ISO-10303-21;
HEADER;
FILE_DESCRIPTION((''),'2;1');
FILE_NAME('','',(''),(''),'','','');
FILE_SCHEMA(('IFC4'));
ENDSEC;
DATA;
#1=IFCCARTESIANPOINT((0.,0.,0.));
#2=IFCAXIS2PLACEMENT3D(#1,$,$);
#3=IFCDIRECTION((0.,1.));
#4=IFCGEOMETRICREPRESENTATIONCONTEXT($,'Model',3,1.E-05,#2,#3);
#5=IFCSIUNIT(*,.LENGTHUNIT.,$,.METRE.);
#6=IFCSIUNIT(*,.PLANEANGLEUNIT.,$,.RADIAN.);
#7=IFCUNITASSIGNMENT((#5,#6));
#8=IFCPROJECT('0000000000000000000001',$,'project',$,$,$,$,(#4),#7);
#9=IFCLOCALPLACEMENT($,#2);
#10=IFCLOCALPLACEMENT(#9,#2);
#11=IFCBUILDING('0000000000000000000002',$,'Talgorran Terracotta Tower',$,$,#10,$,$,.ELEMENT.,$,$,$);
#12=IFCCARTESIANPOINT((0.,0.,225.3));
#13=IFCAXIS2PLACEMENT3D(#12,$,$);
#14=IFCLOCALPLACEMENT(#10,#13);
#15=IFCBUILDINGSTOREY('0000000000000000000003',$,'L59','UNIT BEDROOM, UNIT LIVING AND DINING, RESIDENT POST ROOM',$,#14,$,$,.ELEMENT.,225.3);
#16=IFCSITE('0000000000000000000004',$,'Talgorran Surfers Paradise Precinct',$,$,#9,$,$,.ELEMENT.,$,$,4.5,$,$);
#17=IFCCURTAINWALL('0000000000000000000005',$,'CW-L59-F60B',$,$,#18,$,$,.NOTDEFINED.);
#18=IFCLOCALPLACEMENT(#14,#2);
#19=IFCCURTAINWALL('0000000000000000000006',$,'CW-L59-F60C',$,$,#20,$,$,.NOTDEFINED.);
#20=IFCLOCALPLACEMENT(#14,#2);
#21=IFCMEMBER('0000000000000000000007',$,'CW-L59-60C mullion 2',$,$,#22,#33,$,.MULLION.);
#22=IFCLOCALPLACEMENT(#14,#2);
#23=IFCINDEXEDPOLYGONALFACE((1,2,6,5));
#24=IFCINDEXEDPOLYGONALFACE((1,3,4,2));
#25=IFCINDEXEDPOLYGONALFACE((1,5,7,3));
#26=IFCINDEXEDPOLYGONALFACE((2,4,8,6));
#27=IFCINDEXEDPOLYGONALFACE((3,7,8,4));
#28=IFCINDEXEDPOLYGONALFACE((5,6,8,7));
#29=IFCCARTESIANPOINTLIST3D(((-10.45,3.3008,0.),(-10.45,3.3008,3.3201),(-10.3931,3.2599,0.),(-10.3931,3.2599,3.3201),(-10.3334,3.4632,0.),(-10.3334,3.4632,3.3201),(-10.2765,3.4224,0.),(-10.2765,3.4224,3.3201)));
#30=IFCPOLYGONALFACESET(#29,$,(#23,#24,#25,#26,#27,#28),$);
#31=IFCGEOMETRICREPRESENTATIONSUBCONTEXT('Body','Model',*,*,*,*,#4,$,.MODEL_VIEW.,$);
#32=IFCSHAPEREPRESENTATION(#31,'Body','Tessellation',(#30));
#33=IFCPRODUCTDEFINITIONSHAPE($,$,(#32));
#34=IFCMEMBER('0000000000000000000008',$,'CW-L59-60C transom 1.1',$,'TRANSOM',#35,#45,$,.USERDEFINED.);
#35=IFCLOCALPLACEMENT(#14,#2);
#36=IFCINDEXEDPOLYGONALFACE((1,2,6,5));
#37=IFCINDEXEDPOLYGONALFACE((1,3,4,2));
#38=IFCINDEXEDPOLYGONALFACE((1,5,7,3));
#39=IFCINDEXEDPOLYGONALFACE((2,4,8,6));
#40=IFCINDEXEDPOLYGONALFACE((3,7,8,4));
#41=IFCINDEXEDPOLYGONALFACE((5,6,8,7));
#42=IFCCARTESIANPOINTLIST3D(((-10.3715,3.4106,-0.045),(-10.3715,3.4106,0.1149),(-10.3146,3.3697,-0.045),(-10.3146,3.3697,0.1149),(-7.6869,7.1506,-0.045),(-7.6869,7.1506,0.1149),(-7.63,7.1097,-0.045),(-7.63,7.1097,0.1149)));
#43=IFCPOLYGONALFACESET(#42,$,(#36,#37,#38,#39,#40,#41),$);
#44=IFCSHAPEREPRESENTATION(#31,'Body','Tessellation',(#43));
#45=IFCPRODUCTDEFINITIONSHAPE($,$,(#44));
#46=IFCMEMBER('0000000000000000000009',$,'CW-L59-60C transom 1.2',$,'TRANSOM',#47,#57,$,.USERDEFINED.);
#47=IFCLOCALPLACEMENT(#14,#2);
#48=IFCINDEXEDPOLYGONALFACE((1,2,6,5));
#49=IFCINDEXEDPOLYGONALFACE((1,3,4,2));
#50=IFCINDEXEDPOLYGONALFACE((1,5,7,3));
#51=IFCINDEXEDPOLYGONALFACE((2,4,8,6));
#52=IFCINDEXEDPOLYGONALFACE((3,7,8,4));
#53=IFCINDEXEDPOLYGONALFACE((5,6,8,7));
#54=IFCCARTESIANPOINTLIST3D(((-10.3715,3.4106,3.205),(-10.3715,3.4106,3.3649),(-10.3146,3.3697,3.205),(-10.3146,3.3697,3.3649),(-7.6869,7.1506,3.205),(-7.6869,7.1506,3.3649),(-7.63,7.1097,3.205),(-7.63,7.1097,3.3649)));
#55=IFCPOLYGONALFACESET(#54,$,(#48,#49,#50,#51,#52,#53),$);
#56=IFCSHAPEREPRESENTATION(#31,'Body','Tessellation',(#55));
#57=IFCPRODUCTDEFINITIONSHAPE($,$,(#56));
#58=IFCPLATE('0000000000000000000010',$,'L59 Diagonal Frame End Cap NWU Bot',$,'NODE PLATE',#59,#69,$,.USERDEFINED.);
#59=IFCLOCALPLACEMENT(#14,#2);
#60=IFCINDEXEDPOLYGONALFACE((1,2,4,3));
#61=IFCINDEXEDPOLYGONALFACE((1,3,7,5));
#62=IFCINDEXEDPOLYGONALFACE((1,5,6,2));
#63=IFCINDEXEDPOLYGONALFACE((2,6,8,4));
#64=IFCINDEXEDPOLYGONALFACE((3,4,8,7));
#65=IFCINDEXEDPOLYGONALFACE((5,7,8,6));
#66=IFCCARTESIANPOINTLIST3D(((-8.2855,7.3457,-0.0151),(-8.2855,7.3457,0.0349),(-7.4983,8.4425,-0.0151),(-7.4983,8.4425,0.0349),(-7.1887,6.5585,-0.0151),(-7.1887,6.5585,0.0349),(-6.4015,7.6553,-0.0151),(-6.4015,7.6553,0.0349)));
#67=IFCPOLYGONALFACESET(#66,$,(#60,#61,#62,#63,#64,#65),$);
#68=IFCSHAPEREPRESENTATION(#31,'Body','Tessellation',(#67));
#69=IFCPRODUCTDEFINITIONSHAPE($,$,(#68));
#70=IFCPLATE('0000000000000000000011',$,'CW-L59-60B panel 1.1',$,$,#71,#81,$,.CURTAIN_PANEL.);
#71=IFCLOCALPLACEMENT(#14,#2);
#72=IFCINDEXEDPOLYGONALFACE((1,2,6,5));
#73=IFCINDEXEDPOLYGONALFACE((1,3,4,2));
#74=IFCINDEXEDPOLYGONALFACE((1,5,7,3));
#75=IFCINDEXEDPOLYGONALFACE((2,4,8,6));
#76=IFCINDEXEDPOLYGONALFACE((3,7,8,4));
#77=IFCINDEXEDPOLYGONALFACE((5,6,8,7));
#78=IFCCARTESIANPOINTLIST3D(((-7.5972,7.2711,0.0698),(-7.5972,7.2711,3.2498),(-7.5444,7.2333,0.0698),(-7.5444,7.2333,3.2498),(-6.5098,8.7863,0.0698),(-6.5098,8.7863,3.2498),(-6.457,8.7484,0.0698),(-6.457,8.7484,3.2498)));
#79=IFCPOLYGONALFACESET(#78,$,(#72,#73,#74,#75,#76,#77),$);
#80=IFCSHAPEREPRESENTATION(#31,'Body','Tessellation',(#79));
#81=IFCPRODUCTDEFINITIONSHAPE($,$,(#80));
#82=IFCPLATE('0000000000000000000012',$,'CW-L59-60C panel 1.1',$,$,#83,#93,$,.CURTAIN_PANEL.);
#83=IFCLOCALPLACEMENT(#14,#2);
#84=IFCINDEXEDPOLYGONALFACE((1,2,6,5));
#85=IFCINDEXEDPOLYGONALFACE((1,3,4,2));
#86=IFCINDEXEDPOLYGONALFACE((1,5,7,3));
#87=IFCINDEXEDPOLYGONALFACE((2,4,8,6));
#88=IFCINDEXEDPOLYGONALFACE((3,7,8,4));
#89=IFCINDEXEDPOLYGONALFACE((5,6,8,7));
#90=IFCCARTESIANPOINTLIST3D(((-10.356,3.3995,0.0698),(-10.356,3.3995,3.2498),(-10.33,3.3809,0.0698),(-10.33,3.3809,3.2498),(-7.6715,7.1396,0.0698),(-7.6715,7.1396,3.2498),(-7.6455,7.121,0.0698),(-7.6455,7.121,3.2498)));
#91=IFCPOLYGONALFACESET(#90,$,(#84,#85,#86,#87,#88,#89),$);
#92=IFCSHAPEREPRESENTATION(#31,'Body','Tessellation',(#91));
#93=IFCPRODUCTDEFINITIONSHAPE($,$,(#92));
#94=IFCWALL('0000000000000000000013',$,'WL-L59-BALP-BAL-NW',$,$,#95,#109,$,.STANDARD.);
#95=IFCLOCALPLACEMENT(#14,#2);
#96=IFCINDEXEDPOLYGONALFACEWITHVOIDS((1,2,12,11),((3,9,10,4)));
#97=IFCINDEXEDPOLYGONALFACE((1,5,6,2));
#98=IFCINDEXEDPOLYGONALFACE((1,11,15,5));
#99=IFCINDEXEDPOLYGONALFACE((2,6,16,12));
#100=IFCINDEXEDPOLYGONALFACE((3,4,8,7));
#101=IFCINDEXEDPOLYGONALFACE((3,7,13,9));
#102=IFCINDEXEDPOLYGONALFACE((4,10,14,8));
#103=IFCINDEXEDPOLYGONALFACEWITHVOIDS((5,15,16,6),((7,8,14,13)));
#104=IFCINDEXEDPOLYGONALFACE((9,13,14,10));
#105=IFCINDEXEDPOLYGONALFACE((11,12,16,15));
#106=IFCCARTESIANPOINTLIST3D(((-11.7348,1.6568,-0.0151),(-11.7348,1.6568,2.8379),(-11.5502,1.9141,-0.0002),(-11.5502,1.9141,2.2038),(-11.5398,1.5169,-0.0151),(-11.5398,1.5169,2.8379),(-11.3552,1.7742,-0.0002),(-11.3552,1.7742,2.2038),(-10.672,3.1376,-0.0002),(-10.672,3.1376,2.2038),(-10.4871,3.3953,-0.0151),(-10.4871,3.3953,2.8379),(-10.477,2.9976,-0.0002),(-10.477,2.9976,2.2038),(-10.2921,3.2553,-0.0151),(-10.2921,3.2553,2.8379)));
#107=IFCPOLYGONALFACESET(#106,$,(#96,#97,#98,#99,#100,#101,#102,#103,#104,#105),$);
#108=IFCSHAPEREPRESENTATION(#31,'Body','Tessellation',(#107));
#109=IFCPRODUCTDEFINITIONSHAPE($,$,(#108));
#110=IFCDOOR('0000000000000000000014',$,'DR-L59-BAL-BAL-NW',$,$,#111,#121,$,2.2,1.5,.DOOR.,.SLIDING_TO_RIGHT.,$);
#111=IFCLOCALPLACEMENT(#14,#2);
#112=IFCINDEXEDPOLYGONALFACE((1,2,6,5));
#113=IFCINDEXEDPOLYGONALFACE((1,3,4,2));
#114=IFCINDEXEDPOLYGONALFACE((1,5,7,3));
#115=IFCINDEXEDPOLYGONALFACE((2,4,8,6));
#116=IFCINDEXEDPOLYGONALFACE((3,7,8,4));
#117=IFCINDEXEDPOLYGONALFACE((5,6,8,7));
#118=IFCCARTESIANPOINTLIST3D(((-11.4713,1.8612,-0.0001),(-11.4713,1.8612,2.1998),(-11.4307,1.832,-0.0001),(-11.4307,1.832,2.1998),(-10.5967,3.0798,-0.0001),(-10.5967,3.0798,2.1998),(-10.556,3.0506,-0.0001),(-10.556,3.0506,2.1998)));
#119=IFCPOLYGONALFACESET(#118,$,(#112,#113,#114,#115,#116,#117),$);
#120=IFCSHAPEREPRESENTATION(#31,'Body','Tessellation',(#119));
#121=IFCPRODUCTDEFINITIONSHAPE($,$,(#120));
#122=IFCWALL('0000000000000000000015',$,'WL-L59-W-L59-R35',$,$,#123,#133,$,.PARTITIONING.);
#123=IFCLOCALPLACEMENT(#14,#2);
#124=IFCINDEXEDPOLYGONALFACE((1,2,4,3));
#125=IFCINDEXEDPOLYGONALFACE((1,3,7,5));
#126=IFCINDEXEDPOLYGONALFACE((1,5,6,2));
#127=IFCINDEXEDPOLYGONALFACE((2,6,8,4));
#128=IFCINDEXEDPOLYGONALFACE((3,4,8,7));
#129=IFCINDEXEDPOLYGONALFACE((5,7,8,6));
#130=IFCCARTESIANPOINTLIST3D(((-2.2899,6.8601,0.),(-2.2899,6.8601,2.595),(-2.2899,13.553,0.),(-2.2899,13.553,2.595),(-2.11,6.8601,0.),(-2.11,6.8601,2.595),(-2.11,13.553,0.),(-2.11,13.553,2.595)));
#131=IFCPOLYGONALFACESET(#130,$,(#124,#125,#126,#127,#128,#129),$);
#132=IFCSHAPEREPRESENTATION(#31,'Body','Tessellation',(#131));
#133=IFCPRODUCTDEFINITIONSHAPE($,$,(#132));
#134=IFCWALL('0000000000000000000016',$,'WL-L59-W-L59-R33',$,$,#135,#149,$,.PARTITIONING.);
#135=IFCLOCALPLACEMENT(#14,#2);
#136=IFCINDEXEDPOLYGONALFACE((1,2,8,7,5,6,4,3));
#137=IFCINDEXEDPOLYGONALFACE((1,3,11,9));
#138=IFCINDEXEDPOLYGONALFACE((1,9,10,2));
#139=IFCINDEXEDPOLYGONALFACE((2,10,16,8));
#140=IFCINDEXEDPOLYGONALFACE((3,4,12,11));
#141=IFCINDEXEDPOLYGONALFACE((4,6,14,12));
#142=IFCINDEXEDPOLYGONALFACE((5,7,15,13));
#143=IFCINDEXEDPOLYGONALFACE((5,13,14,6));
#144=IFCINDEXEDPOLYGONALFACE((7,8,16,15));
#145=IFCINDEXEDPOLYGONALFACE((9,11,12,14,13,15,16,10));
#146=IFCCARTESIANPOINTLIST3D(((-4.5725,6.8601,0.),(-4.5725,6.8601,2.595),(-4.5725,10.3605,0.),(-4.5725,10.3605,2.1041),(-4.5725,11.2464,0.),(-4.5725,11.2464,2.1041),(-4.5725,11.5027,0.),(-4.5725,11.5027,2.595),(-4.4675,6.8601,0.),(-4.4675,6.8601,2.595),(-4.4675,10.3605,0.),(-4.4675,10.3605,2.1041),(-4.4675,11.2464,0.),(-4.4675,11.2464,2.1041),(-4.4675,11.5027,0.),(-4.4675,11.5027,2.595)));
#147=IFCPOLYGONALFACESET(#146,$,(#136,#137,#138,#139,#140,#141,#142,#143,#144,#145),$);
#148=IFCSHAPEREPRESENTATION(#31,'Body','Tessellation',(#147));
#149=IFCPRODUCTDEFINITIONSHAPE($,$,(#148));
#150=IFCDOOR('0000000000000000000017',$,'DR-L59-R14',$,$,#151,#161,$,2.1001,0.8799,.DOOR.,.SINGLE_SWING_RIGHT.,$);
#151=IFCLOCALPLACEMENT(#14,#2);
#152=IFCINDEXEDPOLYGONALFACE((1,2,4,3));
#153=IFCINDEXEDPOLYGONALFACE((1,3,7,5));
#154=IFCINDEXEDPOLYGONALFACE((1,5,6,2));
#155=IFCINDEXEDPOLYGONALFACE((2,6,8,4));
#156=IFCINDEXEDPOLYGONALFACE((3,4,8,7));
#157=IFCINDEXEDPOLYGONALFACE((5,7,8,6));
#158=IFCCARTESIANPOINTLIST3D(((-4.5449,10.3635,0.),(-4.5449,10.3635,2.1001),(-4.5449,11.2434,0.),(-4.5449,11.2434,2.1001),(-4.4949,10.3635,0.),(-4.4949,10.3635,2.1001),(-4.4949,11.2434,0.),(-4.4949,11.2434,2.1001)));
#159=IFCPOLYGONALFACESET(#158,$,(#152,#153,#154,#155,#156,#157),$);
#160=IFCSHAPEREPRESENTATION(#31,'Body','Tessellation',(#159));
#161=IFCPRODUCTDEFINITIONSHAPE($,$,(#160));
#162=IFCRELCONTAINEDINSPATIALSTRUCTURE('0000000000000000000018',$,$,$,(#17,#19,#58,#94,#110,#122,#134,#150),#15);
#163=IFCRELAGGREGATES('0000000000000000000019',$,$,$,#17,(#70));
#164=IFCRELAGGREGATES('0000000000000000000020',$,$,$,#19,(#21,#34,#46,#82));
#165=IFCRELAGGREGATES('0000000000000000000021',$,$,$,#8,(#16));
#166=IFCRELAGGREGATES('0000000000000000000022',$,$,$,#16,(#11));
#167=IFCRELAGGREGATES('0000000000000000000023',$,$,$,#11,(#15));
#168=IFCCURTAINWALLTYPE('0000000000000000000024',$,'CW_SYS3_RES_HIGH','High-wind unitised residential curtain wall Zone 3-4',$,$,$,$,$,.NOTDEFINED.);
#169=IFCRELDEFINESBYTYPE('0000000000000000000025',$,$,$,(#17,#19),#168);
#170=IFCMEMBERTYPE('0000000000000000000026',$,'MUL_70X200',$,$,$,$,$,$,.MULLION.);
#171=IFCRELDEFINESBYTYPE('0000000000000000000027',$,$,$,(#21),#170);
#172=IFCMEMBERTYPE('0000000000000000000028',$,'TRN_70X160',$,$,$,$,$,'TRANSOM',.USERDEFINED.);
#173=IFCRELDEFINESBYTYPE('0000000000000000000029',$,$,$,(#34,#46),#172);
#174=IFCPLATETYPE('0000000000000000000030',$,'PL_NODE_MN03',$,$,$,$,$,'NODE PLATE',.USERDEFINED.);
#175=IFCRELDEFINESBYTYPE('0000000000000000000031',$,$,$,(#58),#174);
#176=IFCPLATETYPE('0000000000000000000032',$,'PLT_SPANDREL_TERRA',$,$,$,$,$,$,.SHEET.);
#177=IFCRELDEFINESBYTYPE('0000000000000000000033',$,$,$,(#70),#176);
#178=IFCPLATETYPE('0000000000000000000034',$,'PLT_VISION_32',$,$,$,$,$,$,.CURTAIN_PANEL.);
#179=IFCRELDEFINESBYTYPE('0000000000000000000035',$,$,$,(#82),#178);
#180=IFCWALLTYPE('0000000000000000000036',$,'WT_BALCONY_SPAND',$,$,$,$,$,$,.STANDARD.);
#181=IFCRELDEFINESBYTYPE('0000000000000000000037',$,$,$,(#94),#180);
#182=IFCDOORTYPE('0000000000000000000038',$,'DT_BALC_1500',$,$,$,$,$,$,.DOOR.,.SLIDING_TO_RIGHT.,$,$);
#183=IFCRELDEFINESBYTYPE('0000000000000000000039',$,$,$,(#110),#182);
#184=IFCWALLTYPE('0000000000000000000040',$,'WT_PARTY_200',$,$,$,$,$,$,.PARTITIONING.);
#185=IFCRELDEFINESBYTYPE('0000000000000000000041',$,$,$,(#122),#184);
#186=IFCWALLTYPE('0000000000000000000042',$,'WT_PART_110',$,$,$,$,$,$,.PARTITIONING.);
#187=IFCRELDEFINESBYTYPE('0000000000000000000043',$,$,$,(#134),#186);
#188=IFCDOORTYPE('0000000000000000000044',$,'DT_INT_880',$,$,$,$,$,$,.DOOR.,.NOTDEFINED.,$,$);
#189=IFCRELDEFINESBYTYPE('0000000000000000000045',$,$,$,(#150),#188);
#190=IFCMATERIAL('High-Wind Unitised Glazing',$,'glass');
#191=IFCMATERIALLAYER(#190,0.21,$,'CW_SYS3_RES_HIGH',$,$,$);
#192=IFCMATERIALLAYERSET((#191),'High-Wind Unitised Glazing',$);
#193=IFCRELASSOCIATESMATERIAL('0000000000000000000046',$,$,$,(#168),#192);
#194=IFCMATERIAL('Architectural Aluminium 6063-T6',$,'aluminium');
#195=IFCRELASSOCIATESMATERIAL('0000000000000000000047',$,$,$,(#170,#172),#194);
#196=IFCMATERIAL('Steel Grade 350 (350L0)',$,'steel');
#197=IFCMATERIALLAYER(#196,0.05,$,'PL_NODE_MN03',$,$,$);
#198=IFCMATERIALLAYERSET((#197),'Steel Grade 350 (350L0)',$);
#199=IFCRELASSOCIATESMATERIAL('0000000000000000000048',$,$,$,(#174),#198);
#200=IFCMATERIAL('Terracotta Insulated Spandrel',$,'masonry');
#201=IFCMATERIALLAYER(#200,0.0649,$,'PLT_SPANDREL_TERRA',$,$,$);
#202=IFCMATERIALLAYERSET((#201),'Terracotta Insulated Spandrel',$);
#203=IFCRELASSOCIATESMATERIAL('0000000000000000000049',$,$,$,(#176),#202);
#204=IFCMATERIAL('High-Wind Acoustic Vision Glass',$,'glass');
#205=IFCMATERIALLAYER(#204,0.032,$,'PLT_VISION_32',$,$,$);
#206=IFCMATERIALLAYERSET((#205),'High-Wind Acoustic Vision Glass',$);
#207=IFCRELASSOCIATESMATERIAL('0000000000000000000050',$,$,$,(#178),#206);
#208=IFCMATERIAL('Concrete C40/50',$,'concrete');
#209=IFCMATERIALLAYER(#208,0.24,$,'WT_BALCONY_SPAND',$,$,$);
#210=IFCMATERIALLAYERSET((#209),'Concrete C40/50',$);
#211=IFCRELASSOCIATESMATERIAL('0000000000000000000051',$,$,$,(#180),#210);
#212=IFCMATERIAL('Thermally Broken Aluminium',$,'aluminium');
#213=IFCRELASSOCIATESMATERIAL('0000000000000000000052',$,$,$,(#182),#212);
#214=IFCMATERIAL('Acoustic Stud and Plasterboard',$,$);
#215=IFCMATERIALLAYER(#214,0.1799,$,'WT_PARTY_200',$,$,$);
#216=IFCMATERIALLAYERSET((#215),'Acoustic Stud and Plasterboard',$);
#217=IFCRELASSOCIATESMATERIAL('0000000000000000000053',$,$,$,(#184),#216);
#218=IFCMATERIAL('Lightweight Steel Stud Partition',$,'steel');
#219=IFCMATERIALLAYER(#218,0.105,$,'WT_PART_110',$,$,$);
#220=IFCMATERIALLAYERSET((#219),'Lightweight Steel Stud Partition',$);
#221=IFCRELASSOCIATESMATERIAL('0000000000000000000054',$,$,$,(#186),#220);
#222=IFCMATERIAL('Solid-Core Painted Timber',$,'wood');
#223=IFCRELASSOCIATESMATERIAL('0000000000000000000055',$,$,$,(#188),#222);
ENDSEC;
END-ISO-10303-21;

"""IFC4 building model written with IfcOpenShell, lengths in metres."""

from ifc_helpers import new_model, si_unit, direction, frame, frame_2d, origin, origin_2d, place, context, subcontext, project, spatial, rectangle, extrude, source, transform, mapped, material, layer, layer_set, material_profile, profile_set, type_object, type_shapes, element, fill, aggregate, save


model = new_model("IFC4")

# Units and contexts
model_context = context("Model", 3, precision=1e-05, world=origin(), true_north=direction((0.0, 1.0)))
body_context = subcontext(model_context, "Body", "Model", "MODEL_VIEW")
ifc_project = project(units=[si_unit("LENGTHUNIT", "METRE"), si_unit("PLANEANGLEUNIT", "RADIAN")], contexts=[model_context])

# Site, building, storey
site_placement = place(None, origin())
site = spatial("IfcSite", under=ifc_project, at=site_placement, Name="Talgorran Surfers Paradise Precinct", CompositionType="ELEMENT", RefElevation=4.5)
building_placement = place(site_placement, origin())
building = spatial("IfcBuilding", under=site, at=building_placement, Name="Talgorran Terracotta Tower", CompositionType="ELEMENT")
storey_placement = place(building_placement, frame((0.0, 0.0, 225.3)))
storey = spatial("IfcBuildingStorey", under=building, at=storey_placement, Name="L59", Description="UNIT BEDROOM, UNIT LIVING AND DINING, RESIDENT POST ROOM", CompositionType="ELEMENT", Elevation=225.3)

# Shared definitions
ifc_material_1 = material(Name="Steel Grade 350 (350L0)", Category="steel")

# Curtain wall
ifc_material_2 = material(Name="High-Wind Unitised Glazing", Category="glass")
ifc_layer_1 = layer(ifc_material_2, 0.21, Name="CW_SYS3_RES_HIGH")
ifc_layer_set_1 = layer_set([ifc_layer_1], Name="High-Wind Unitised Glazing")
curtain_wall_type = type_object("IfcCurtainWallType", Name="CW_SYS3_RES_HIGH", Description="High-wind unitised residential curtain wall Zone 3-4", PredefinedType="NOTDEFINED", material=ifc_layer_set_1)
curtain_wall_1_placement = place(storey_placement, origin())
curtain_wall_1 = element("IfcCurtainWall", 1, at=curtain_wall_1_placement, inside=storey, type_object=curtain_wall_type, Name="CW-L59-F60B", PredefinedType="NOTDEFINED")
ifc_material_3 = material(Name="Architectural Aluminium 6063-T6", Category="aluminium")
ifc_material_profile_1 = material_profile(ifc_material_3, rectangle(XDim=0.0701, YDim=0.2, at=origin_2d()), Name="CWM70X200")
ifc_profile_set_1 = profile_set([ifc_material_profile_1], Name="Architectural Aluminium 6063-T6")
member_type_1 = type_object("IfcMemberType", Name="MUL_70X200", PredefinedType="MULLION", material=ifc_profile_set_1)

# Curtain wall, members
curtain_wall_2_placement = place(storey_placement, origin())
curtain_wall_2 = element("IfcCurtainWall", 2, at=curtain_wall_2_placement, inside=storey, type_object=curtain_wall_type, Name="CW-L59-F60C", PredefinedType="NOTDEFINED")
member_1_placement = place(storey_placement, frame((-10.3633, 3.3616, 0.0), z_axis=(0.0, 0.0, 1.0), x_axis=(0.812394, -0.583109, 0.0)))
member_1 = element("IfcMember", 3, at=member_1_placement, type_object=member_type_1, Name="CW-L59-60C mullion 2", PredefinedType="MULLION", context=body_context, shape_type="SweptSolid", body=[
    extrude(rectangle(XDim=0.0701, YDim=0.2, at=origin_2d()), origin(), (0.0, 0.0, 1.0), 3.3201),
])
ifc_material_profile_2 = material_profile(ifc_material_3, rectangle(XDim=0.0701, YDim=0.1599, at=origin_2d()), Name="CWT70X160")
ifc_profile_set_2 = profile_set([ifc_material_profile_2], Name="Architectural Aluminium 6063-T6")
member_type_2 = type_object("IfcMemberType", Name="TRN_70X160", ElementType="TRANSOM", PredefinedType="USERDEFINED", material=ifc_profile_set_2)
member_2_placement = place(storey_placement, frame((-7.6584, 7.1301, 0.0349), z_axis=(-0.583128, -0.81238, 0.0), x_axis=(0.81238, -0.583128, 0.0)))
member_2 = element("IfcMember", 4, at=member_2_placement, type_object=member_type_2, Name="CW-L59-60C transom 1.1", ObjectType="TRANSOM", PredefinedType="USERDEFINED", context=body_context, shape_type="SweptSolid", body=[
    extrude(rectangle(XDim=0.0701, YDim=0.1599, at=origin_2d()), origin(), (0.0, 0.0, 1.0), 4.6038),
])
member_3_placement = place(storey_placement, frame((-7.6584, 7.1301, 3.2849), z_axis=(-0.583128, -0.81238, 0.0), x_axis=(0.81238, -0.583128, 0.0)))
member_3 = element("IfcMember", 5, at=member_3_placement, type_object=member_type_2, Name="CW-L59-60C transom 1.2", ObjectType="TRANSOM", PredefinedType="USERDEFINED", context=body_context, shape_type="SweptSolid", body=[
    extrude(rectangle(XDim=0.0701, YDim=0.1599, at=origin_2d()), origin(), (0.0, 0.0, 1.0), 4.6038),
])

# Plates
ifc_layer_2 = layer(ifc_material_1, 0.05, Name="PL_NODE_MN03")
ifc_layer_set_2 = layer_set([ifc_layer_2], Name="Steel Grade 350 (350L0)")
plate_type_1 = type_object("IfcPlateType", Name="PL_NODE_MN03", ElementType="NODE PLATE", PredefinedType="USERDEFINED", material=ifc_layer_set_2)
plate_1_placement = place(storey_placement, frame((-7.3435, 7.5005, -0.0151), z_axis=(0.0, 0.0, 1.0), x_axis=(0.583116, 0.812389, 0.0)))
element("IfcPlate", 6, at=plate_1_placement, inside=storey, type_object=plate_type_1, Name="L59 Diagonal Frame End Cap NWU Bot", ObjectType="NODE PLATE", PredefinedType="USERDEFINED", context=body_context, shape_type="SweptSolid", body=[
    extrude(rectangle(XDim=1.3501, YDim=1.3501, at=origin_2d()), origin(), (0.0, 0.0, 1.0), 0.05),
])
ifc_material_4 = material(Name="Terracotta Insulated Spandrel", Category="masonry")
ifc_layer_3 = layer(ifc_material_4, 0.0649, Name="PLT_SPANDREL_TERRA")
ifc_layer_set_3 = layer_set([ifc_layer_3], Name="Terracotta Insulated Spandrel")
plate_type_2 = type_object("IfcPlateType", Name="PLT_SPANDREL_TERRA", PredefinedType="SHEET", material=ifc_layer_set_3)
shared_shape_1 = source(origin(), body_context, "Body", "SweptSolid", [
    extrude(rectangle(XDim=1.865, YDim=0.0649, at=origin_2d()), origin(), (0.0, 0.0, 1.0), 3.1799),
])
type_shapes(plate_type_2, [shared_shape_1])
plate_2_placement = place(storey_placement, frame((-7.0271, 8.0098, 0.0698), z_axis=(0.0, 0.0, 1.0), x_axis=(-0.583086, -0.81241, 0.0)))
plate_2 = element("IfcPlate", 7, at=plate_2_placement, type_object=plate_type_2, Name="CW-L59-60B panel 1.1", PredefinedType="CURTAIN_PANEL", context=body_context, shape_type="MappedRepresentation", body=[
    mapped(shared_shape_1, transform((0.0, 0.0, 0.0), scale=1.0)),
])
aggregate(curtain_wall_1, [plate_2])
ifc_material_5 = material(Name="High-Wind Acoustic Vision Glass", Category="glass")
ifc_layer_4 = layer(ifc_material_5, 0.032, Name="PLT_VISION_32")
ifc_layer_set_4 = layer_set([ifc_layer_4], Name="High-Wind Acoustic Vision Glass")
plate_type_3 = type_object("IfcPlateType", Name="PLT_VISION_32", PredefinedType="CURTAIN_PANEL", material=ifc_layer_set_4)
shared_shape_2 = source(origin(), body_context, "Body", "SweptSolid", [
    extrude(rectangle(XDim=4.6038, YDim=0.032, at=origin_2d()), origin(), (0.0, 0.0, 1.0), 3.1799),
])
type_shapes(plate_type_3, [shared_shape_2])
plate_3_placement = place(storey_placement, frame((-9.0007, 5.2603, 0.0698), z_axis=(0.0, 0.0, 1.0), x_axis=(-0.583109, -0.812394, 0.0)))
plate_3 = element("IfcPlate", 8, at=plate_3_placement, type_object=plate_type_3, Name="CW-L59-60C panel 1.1", PredefinedType="CURTAIN_PANEL", context=body_context, shape_type="MappedRepresentation", body=[
    mapped(shared_shape_2, transform((0.0, 0.0, 0.0), scale=1.0)),
])
aggregate(curtain_wall_2, [member_1, member_2, member_3, plate_3])

# Wall, opening, door
ifc_material_6 = material(Name="Concrete C40/50", Category="concrete")
ifc_layer_5 = layer(ifc_material_6, 0.24, Name="WT_BALCONY_SPAND")
ifc_layer_set_5 = layer_set([ifc_layer_5], Name="Concrete C40/50")
wall_type_1 = type_object("IfcWallType", Name="WT_BALCONY_SPAND", PredefinedType="STANDARD", material=ifc_layer_set_5)
wall_1_placement = place(storey_placement, frame((-10.3896, 3.3252, -0.0151), z_axis=(0.0, 0.0, 1.0), x_axis=(-0.583093, -0.812405, 0.0)))
wall_1 = element("IfcWall", 9, at=wall_1_placement, inside=storey, type_object=wall_type_1, Name="WL-L59-BALP-BAL-NW", PredefinedType="STANDARD", context=body_context, shape_type="SweptSolid", body=[
    extrude(rectangle(XDim=2.1399, YDim=0.24, at=frame_2d((1.0698, 0.0))), origin(), (0.0, 0.0, 1.0), 2.853),
])
opening_1_placement = place(wall_1_placement, frame((0.3201, 0.0, 0.0149)))
opening_1 = element("IfcOpeningElement", 10, at=opening_1_placement, cuts=wall_1, PredefinedType="OPENING", context=body_context, shape_type="SweptSolid", body=[
    extrude(rectangle(XDim=1.506, YDim=2.204, at=frame_2d((0.75, 1.1021))), frame((0.0, 0.1299, 0.0), z_axis=(0.0, -1.0, 0.0), x_axis=(1.0, 0.0, 0.0)), (0.0, 0.0, 1.0), 0.26),
])
ifc_material_7 = material(Name="Thermally Broken Aluminium", Category="aluminium")
door_type_1 = type_object("IfcDoorType", Name="DT_BALC_1500", OperationType="SLIDING_TO_RIGHT", PredefinedType="DOOR", material=ifc_material_7)
door_1_placement = place(opening_1_placement, origin())
door_1 = element("IfcDoor", 11, at=door_1_placement, inside=storey, type_object=door_type_1, Name="DR-L59-BAL-BAL-NW", OperationType="SLIDING_TO_RIGHT", OverallHeight=2.2, OverallWidth=1.5, PredefinedType="DOOR", context=body_context, shape_type="SweptSolid", body=[
    extrude(rectangle(XDim=1.5, YDim=2.2, at=frame_2d((0.75, 1.1001))), frame((0.0, 0.0249, 0.0), z_axis=(0.0, -1.0, 0.0), x_axis=(1.0, 0.0, 0.0)), (0.0, 0.0, 1.0), 0.05),
])
fill(opening_1, door_1)

# Wall
ifc_material_8 = material(Name="Acoustic Stud and Plasterboard")
ifc_layer_6 = layer(ifc_material_8, 0.1799, Name="WT_PARTY_200")
ifc_layer_set_6 = layer_set([ifc_layer_6], Name="Acoustic Stud and Plasterboard")
wall_type_2 = type_object("IfcWallType", Name="WT_PARTY_200", PredefinedType="PARTITIONING", material=ifc_layer_set_6)
wall_2_placement = place(storey_placement, frame((-2.2, 6.8601, 0.0), z_axis=(0.0, 0.0, 1.0), x_axis=(0.0, 1.0, 0.0)))
element("IfcWall", 12, at=wall_2_placement, inside=storey, type_object=wall_type_2, Name="WL-L59-W-L59-R35", PredefinedType="PARTITIONING", context=body_context, shape_type="SweptSolid", body=[
    extrude(rectangle(XDim=6.6929, YDim=0.1799, at=frame_2d((3.3464, 0.0))), origin(), (0.0, 0.0, 1.0), 2.595),
])

# Wall, opening, door
ifc_material_9 = material(Name="Lightweight Steel Stud Partition", Category="steel")
ifc_layer_7 = layer(ifc_material_9, 0.105, Name="WT_PART_110")
ifc_layer_set_7 = layer_set([ifc_layer_7], Name="Lightweight Steel Stud Partition")
wall_type_3 = type_object("IfcWallType", Name="WT_PART_110", PredefinedType="PARTITIONING", material=ifc_layer_set_7)
wall_3_placement = place(storey_placement, frame((-4.52, 6.8601, 0.0), z_axis=(0.0, 0.0, 1.0), x_axis=(0.0, 1.0, 0.0)))
wall_3 = element("IfcWall", 13, at=wall_3_placement, inside=storey, type_object=wall_type_3, Name="WL-L59-W-L59-R33", PredefinedType="PARTITIONING", context=body_context, shape_type="SweptSolid", body=[
    extrude(rectangle(XDim=4.6426, YDim=0.105, at=frame_2d((2.3213, 0.0))), origin(), (0.0, 0.0, 1.0), 2.595),
])
opening_2_placement = place(wall_3_placement, frame((3.5034, 0.0, 0.0)))
opening_2 = element("IfcOpeningElement", 14, at=opening_2_placement, cuts=wall_3, PredefinedType="OPENING", context=body_context, shape_type="SweptSolid", body=[
    extrude(rectangle(XDim=0.8859, YDim=2.1041, at=frame_2d((0.4399, 1.052))), frame((0.0, 0.0625, 0.0), z_axis=(0.0, -1.0, 0.0), x_axis=(1.0, 0.0, 0.0)), (0.0, 0.0, 1.0), 0.125),
])
ifc_material_10 = material(Name="Solid-Core Painted Timber", Category="wood")
door_type_2 = type_object("IfcDoorType", Name="DT_INT_880", OperationType="NOTDEFINED", PredefinedType="DOOR", material=ifc_material_10)
door_2_placement = place(opening_2_placement, origin())
door_2 = element("IfcDoor", 15, at=door_2_placement, inside=storey, type_object=door_type_2, Name="DR-L59-R14", OperationType="SINGLE_SWING_RIGHT", OverallHeight=2.1001, OverallWidth=0.8799, PredefinedType="DOOR", context=body_context, shape_type="SweptSolid", body=[
    extrude(rectangle(XDim=0.8799, YDim=2.1001, at=frame_2d((0.4399, 1.05))), frame((0.0, 0.0249, 0.0), z_axis=(0.0, -1.0, 0.0), x_axis=(1.0, 0.0, 0.0)), (0.0, 0.0, 1.0), 0.05),
])
fill(opening_2, door_2)

save(model, "model.ifc")
